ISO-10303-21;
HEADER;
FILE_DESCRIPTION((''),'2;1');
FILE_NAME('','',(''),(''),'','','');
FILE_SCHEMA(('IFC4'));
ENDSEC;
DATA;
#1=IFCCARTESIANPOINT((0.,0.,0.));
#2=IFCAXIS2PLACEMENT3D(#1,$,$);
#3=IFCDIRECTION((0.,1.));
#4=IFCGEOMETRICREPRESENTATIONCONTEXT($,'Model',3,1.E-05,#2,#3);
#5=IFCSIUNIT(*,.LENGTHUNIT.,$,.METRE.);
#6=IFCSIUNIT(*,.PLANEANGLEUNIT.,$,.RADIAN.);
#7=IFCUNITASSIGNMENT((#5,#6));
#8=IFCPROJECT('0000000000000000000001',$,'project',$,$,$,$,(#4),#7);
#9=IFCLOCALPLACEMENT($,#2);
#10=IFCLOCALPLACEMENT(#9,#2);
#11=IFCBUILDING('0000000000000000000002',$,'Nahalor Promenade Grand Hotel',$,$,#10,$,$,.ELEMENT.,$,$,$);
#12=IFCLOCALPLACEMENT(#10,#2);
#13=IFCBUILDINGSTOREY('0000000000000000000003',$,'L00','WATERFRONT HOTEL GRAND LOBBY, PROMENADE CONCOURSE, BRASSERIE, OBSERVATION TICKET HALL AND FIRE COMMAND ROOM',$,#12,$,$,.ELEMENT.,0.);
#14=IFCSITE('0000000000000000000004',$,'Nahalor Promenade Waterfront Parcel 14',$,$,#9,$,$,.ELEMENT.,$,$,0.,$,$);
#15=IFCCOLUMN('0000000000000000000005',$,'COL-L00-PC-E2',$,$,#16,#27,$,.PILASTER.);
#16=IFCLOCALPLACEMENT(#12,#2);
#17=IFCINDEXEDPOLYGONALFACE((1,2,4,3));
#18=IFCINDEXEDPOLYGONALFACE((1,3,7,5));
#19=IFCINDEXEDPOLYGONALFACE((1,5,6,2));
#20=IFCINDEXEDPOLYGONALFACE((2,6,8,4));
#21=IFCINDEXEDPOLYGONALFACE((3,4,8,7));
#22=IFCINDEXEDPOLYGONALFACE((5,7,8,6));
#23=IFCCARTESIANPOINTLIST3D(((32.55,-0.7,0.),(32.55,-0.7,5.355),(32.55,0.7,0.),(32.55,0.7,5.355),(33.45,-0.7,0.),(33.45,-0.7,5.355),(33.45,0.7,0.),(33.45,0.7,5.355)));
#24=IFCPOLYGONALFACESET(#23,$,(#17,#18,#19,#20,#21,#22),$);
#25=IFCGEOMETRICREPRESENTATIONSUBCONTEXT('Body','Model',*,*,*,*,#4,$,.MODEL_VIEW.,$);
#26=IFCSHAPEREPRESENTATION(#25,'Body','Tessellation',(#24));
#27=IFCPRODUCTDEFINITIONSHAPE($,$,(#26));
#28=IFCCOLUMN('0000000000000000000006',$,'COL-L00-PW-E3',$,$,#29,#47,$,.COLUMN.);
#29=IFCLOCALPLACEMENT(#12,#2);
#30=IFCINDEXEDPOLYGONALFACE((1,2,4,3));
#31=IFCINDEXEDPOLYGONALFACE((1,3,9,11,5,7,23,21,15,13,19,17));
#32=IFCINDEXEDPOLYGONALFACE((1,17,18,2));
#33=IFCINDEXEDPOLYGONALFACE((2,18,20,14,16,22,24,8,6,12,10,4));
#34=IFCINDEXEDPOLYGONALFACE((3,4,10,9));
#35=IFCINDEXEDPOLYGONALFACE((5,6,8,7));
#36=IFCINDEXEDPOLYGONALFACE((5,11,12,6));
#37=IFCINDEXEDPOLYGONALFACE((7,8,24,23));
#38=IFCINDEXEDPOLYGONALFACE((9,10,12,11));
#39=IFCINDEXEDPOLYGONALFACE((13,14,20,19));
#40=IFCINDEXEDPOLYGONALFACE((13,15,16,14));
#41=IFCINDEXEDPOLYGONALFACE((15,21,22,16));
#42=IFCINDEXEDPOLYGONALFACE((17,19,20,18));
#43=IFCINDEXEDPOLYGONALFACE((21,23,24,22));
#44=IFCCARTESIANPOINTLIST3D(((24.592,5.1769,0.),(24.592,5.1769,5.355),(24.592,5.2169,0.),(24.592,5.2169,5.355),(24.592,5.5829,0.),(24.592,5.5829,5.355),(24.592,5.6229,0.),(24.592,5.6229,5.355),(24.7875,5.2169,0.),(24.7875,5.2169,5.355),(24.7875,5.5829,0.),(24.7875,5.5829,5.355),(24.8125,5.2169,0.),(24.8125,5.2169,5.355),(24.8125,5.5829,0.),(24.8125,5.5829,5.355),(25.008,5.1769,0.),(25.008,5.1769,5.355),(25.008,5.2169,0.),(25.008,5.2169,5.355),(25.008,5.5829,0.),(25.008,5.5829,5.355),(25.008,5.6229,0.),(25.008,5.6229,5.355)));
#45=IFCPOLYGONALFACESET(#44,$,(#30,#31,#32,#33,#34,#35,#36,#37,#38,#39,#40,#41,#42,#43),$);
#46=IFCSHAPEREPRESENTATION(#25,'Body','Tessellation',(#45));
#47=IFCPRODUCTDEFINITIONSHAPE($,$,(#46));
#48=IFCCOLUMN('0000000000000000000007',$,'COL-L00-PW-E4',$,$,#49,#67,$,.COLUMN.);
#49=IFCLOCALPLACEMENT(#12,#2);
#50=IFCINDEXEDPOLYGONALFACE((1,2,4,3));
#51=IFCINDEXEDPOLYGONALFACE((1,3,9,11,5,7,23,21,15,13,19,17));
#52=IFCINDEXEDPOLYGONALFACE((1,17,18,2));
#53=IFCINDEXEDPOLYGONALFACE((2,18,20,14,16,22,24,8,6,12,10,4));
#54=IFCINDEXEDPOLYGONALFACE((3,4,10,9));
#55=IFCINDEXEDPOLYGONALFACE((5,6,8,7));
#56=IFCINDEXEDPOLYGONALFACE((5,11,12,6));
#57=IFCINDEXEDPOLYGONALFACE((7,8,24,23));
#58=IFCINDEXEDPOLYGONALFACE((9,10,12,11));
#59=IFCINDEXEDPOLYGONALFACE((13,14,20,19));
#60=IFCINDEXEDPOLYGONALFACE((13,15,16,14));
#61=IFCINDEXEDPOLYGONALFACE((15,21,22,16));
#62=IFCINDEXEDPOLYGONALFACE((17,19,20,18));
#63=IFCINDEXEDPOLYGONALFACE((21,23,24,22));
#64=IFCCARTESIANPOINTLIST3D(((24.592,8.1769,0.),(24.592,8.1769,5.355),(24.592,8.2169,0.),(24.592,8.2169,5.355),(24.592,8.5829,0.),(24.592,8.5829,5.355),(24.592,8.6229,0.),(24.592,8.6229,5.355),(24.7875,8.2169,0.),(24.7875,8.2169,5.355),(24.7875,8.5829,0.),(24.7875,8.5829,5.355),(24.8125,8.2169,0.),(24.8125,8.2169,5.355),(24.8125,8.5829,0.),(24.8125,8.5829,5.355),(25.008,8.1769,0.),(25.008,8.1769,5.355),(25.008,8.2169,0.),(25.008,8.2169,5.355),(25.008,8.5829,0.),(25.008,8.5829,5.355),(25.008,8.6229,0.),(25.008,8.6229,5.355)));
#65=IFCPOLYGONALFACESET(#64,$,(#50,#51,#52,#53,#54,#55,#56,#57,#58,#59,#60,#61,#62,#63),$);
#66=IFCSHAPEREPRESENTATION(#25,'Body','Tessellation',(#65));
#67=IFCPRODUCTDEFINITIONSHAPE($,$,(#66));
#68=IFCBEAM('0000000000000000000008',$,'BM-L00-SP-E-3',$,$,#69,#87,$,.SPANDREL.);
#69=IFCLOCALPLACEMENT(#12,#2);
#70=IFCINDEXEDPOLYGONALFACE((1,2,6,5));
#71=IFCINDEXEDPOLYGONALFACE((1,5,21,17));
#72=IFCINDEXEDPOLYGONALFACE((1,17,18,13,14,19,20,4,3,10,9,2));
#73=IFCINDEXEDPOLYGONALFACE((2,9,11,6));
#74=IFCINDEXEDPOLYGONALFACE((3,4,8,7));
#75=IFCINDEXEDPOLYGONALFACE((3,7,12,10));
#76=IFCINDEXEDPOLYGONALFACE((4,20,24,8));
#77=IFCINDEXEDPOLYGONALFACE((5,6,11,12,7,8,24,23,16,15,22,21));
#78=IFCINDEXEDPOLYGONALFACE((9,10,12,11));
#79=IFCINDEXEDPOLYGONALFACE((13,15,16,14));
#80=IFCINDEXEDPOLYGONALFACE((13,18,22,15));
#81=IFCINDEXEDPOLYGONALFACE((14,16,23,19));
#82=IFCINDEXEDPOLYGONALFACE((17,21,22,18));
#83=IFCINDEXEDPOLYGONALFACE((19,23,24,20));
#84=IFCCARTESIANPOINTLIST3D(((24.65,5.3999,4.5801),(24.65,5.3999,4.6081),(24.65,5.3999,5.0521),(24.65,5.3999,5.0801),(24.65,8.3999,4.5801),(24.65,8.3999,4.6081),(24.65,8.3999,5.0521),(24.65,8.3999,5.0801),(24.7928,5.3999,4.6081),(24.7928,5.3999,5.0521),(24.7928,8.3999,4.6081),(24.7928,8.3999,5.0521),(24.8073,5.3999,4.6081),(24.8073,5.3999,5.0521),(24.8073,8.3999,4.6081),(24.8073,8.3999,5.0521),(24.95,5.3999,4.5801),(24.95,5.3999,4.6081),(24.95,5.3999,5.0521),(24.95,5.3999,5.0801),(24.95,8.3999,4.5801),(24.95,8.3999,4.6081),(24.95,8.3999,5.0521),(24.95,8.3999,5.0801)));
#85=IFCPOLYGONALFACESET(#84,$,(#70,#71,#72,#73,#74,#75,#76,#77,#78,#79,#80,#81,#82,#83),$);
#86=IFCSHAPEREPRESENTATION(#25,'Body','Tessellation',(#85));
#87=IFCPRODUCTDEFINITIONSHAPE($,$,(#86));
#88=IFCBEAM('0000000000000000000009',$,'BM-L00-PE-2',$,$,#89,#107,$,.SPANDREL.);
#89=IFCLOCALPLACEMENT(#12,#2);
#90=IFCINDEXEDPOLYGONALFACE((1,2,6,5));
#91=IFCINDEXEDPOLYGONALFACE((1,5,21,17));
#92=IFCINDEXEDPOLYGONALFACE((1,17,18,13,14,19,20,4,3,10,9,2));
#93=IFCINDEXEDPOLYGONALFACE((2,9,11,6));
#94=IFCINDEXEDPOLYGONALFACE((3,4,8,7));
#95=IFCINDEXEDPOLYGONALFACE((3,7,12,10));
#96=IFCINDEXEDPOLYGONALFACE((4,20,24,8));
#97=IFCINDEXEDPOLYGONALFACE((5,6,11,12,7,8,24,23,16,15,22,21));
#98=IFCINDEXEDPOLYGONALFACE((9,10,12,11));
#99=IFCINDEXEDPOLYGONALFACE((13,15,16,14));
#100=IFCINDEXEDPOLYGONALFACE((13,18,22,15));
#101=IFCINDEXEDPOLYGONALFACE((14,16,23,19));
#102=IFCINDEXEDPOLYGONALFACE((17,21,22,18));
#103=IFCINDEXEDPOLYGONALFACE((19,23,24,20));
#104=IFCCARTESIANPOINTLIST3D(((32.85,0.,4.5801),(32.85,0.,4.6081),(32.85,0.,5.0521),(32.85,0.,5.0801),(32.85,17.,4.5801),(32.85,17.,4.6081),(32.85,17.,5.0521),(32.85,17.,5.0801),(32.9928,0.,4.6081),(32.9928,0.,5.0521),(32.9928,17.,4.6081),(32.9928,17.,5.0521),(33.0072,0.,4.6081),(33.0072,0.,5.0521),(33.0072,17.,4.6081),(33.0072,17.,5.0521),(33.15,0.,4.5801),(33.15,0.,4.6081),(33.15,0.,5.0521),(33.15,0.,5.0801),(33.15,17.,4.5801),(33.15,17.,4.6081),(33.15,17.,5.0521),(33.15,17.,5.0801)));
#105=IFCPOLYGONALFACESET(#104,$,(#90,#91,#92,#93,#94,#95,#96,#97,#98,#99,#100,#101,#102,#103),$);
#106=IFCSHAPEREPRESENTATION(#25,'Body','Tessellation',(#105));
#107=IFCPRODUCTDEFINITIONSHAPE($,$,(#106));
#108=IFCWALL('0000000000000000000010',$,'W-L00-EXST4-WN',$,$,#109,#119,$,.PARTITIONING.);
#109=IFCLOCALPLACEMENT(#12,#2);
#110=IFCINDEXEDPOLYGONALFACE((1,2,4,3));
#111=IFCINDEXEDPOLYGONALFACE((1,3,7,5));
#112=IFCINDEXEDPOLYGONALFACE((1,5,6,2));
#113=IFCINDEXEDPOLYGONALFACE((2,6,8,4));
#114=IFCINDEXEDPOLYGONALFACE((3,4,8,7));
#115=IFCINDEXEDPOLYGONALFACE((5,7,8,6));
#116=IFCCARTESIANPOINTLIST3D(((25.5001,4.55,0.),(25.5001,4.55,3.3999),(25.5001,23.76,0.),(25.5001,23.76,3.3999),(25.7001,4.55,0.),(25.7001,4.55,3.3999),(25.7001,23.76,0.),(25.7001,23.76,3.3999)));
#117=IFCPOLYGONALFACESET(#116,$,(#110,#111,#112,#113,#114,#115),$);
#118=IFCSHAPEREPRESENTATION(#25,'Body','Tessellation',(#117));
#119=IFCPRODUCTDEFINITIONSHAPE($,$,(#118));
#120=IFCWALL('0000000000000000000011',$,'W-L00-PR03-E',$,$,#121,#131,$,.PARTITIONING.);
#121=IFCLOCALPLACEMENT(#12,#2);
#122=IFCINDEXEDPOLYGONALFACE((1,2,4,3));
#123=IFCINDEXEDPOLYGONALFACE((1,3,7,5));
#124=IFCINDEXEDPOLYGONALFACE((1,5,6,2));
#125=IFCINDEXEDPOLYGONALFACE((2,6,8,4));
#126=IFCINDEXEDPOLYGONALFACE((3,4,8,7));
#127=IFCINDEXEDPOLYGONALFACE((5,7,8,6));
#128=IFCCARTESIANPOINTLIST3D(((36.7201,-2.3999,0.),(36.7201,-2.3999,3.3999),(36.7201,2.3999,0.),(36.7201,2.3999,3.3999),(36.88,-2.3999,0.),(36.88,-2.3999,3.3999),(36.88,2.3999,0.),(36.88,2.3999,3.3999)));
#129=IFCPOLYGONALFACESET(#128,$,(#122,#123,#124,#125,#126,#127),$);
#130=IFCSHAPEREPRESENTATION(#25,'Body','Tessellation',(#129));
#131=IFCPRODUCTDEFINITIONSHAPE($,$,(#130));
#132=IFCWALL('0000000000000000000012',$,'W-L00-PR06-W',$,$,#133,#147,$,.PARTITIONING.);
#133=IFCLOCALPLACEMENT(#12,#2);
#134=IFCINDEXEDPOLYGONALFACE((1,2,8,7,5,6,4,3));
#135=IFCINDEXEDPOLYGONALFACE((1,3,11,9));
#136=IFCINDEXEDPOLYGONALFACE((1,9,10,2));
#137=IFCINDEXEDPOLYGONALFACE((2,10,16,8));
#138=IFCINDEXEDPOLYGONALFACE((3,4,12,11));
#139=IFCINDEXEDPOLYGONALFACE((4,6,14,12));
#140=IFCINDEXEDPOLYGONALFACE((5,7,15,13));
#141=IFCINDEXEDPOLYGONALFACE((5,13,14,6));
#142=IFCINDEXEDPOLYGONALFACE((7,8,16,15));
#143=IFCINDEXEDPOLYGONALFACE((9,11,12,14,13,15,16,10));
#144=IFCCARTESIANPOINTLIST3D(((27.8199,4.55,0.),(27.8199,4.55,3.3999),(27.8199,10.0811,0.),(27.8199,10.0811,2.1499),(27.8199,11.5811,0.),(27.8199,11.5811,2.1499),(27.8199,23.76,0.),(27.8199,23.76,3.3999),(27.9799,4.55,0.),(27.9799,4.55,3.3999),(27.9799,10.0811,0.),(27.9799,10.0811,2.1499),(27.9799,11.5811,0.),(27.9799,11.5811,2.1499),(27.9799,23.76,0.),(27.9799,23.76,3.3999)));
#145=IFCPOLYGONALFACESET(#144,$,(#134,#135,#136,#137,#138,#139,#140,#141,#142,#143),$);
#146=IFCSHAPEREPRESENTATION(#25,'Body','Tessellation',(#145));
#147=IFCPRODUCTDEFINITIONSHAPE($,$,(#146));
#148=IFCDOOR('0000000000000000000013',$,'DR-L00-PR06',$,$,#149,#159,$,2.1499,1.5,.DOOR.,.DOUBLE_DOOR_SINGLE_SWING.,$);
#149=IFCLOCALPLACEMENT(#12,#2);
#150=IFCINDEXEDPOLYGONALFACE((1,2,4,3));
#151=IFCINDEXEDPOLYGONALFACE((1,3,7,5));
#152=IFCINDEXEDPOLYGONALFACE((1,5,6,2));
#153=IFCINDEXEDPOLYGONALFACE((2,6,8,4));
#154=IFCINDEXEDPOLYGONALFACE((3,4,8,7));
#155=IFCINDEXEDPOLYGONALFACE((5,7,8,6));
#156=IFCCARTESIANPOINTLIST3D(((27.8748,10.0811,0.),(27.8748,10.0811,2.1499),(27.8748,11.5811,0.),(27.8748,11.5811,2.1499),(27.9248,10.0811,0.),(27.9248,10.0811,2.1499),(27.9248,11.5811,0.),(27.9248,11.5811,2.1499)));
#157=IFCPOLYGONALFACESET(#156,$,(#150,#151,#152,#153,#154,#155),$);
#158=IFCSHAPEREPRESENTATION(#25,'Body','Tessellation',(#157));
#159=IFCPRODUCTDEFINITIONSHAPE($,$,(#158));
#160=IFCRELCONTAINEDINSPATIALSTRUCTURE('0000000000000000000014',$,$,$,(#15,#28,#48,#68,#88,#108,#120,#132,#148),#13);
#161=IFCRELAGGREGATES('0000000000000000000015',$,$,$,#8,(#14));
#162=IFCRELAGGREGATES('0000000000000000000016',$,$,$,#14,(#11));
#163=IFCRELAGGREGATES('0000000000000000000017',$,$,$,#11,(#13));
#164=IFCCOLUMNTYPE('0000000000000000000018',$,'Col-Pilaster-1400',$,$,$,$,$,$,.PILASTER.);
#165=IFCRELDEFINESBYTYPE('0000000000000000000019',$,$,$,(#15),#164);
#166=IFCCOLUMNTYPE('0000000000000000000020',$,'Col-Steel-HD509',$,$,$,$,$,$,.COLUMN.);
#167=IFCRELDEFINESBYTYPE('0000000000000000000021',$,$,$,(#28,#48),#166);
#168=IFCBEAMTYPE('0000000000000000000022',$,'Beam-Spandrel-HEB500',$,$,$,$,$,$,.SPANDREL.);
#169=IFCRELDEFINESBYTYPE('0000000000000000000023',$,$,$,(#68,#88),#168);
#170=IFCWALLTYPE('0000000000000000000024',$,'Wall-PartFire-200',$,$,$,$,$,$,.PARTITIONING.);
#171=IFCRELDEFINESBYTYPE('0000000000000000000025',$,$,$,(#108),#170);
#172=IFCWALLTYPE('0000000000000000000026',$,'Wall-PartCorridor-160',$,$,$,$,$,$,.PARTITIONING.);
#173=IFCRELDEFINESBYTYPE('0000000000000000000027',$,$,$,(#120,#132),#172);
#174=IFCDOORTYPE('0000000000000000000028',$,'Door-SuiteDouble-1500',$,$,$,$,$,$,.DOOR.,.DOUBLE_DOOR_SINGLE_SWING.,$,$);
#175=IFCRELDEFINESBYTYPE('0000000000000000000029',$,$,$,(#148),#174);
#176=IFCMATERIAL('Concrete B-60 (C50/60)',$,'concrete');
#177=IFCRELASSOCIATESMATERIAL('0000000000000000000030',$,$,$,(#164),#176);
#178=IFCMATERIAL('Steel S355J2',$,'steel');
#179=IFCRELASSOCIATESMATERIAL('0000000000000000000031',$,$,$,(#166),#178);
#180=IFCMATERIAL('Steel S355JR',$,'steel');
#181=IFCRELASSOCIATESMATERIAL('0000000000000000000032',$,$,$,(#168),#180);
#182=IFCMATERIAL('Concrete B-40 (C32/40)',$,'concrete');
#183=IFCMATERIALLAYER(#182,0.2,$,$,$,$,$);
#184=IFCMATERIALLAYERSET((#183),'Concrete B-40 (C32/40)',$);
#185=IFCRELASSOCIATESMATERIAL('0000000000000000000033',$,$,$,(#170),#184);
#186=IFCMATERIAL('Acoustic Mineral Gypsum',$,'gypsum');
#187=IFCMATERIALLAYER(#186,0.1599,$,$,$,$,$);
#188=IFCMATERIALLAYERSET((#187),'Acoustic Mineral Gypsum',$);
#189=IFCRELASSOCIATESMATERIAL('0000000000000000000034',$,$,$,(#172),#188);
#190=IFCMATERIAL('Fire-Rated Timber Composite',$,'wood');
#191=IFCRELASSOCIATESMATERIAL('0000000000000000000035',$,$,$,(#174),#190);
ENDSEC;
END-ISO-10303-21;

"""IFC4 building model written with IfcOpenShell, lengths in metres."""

from ifc_helpers import new_model, si_unit, direction, frame, frame_2d, origin, origin_2d, place, context, subcontext, project, spatial, rectangle, i_section, extrude, source, transform, mapped, material, layer, layer_set, material_profile, profile_set, type_object, element, fill, save


model = new_model("IFC4")

# Units and contexts
model_context = context("Model", 3, precision=1e-05, world=origin(), true_north=direction((0.0, 1.0)))
body_context = subcontext(model_context, "Body", "Model", "MODEL_VIEW")
ifc_project = project(units=[si_unit("LENGTHUNIT", "METRE"), si_unit("PLANEANGLEUNIT", "RADIAN")], contexts=[model_context])

# Site, building, storey
site_placement = place(None, origin())
site = spatial("IfcSite", under=ifc_project, at=site_placement, Name="Nahalor Promenade Waterfront Parcel 14", CompositionType="ELEMENT", RefElevation=0.0)
building_placement = place(site_placement, origin())
building = spatial("IfcBuilding", under=site, at=building_placement, Name="Nahalor Promenade Grand Hotel", CompositionType="ELEMENT")
storey_placement = place(building_placement, origin())
storey = spatial("IfcBuildingStorey", under=building, at=storey_placement, Name="L00", Description="WATERFRONT HOTEL GRAND LOBBY, PROMENADE CONCOURSE, BRASSERIE, OBSERVATION TICKET HALL AND FIRE COMMAND ROOM", CompositionType="ELEMENT", Elevation=0.0)

# Columns
ifc_material_1 = material(Name="Concrete B-60 (C50/60)", Category="concrete")
ifc_material_profile_1 = material_profile(ifc_material_1, rectangle(XDim=0.9, YDim=1.4, at=origin_2d()), Name="RC 900x1400")
ifc_profile_set_1 = profile_set([ifc_material_profile_1], Name="Concrete B-60 (C50/60)")
column_type_1 = type_object("IfcColumnType", Name="Col-Pilaster-1400", PredefinedType="PILASTER", material=ifc_profile_set_1)
shared_shape_1 = source(origin(), body_context, "Body", "SweptSolid", [
    extrude(rectangle(XDim=0.9, YDim=1.4, at=origin_2d()), origin(), (0.0, 0.0, 1.0), 5.355),
])
column_placement = place(storey_placement, frame((33.0, 0.0, 0.0), z_axis=(0.0, 0.0, 1.0), x_axis=(1.0, 0.0, 0.0)))
element("IfcColumn", 1, at=column_placement, inside=storey, type_object=column_type_1, Name="COL-L00-PC-E2", PredefinedType="PILASTER", context=body_context, shape_type="MappedRepresentation", body=[
    mapped(shared_shape_1, transform((0.0, 0.0, 0.0), scale=1.0)),
])
ifc_material_2 = material(Name="Steel S355J2", Category="steel")
ifc_material_profile_2 = material_profile(ifc_material_2, i_section(OverallWidth=0.416, OverallDepth=0.446, WebThickness=0.025, FlangeThickness=0.04, at=origin_2d()), Name="HD 400x509")
ifc_profile_set_2 = profile_set([ifc_material_profile_2], Name="Steel S355J2")
column_type_2 = type_object("IfcColumnType", Name="Col-Steel-HD509", PredefinedType="COLUMN", material=ifc_profile_set_2)
shared_shape_2 = source(origin(), body_context, "Body", "SweptSolid", [
    extrude(i_section(OverallWidth=0.416, OverallDepth=0.446, WebThickness=0.025, FlangeThickness=0.04, at=origin_2d()), origin(), (0.0, 0.0, 1.0), 5.355),
])
for number, where, z_axis, x_axis, name in (
    (2, (24.8, 5.3999, 0.0), (0.0, 0.0, 1.0), (1.0, 0.0, 0.0), "COL-L00-PW-E3"),
    (3, (24.8, 8.3999, 0.0), (0.0, 0.0, 1.0), (1.0, 0.0, 0.0), "COL-L00-PW-E4"),
):
    element("IfcColumn", number, at=place(storey_placement, frame(where, z_axis=z_axis, x_axis=x_axis)), inside=storey, type_object=column_type_2, Name=name, PredefinedType="COLUMN", context=body_context, shape_type="MappedRepresentation", body=[
        mapped(shared_shape_2, transform((0.0, 0.0, 0.0), scale=1.0)),
    ])

# Beams
ifc_material_3 = material(Name="Steel S355JR", Category="steel")
ifc_material_profile_3 = material_profile(ifc_material_3, i_section(OverallWidth=0.3, OverallDepth=0.5, WebThickness=0.0145, FlangeThickness=0.028, at=origin_2d()), Name="HEB 500")
ifc_profile_set_3 = profile_set([ifc_material_profile_3], Name="Steel S355JR")
beam_type = type_object("IfcBeamType", Name="Beam-Spandrel-HEB500", PredefinedType="SPANDREL", material=ifc_profile_set_3)
shared_shape_3 = source(origin(), body_context, "Body", "SweptSolid", [
    extrude(i_section(OverallWidth=0.3, OverallDepth=0.5, WebThickness=0.0145, FlangeThickness=0.028, at=origin_2d()), origin(), (0.0, 0.0, 1.0), 3.0),
])
beam_1_placement = place(storey_placement, frame((24.8, 5.3999, 4.8301), z_axis=(0.0, 1.0, 0.0), x_axis=(-1.0, 0.0, 0.0)))
element("IfcBeam", 4, at=beam_1_placement, inside=storey, type_object=beam_type, Name="BM-L00-SP-E-3", PredefinedType="SPANDREL", context=body_context, shape_type="MappedRepresentation", body=[
    mapped(shared_shape_3, transform((0.0, 0.0, 0.0), scale=1.0)),
])
shared_shape_4 = source(origin(), body_context, "Body", "SweptSolid", [
    extrude(i_section(OverallWidth=0.3, OverallDepth=0.5, WebThickness=0.0145, FlangeThickness=0.028, at=origin_2d()), origin(), (0.0, 0.0, 1.0), 17.0),
])
beam_2_placement = place(storey_placement, frame((33.0, 0.0, 4.8301), z_axis=(0.0, 1.0, 0.0), x_axis=(-1.0, 0.0, 0.0)))
element("IfcBeam", 5, at=beam_2_placement, inside=storey, type_object=beam_type, Name="BM-L00-PE-2", PredefinedType="SPANDREL", context=body_context, shape_type="MappedRepresentation", body=[
    mapped(shared_shape_4, transform((0.0, 0.0, 0.0), scale=1.0)),
])

# Shared definitions
ifc_material_4 = material(Name="Concrete B-40 (C32/40)", Category="concrete")
ifc_layer_1 = layer(ifc_material_4, 0.2)
ifc_layer_set_1 = layer_set([ifc_layer_1], Name="Concrete B-40 (C32/40)")
wall_type_1 = type_object("IfcWallType", Name="Wall-PartFire-200", PredefinedType="PARTITIONING", material=ifc_layer_set_1)

# Walls
shared_shape_5 = source(origin(), body_context, "Body", "SweptSolid", [
    extrude(rectangle(XDim=19.21, YDim=0.2, at=frame_2d((9.605, 0.0))), origin(), (0.0, 0.0, 1.0), 3.3999),
])
wall_1_placement = place(storey_placement, frame((25.6001, 4.55, 0.0), z_axis=(0.0, 0.0, 1.0), x_axis=(0.0, 1.0, 0.0)))
element("IfcWall", 6, at=wall_1_placement, inside=storey, type_object=wall_type_1, Name="W-L00-EXST4-WN", PredefinedType="PARTITIONING", context=body_context, shape_type="MappedRepresentation", body=[
    mapped(shared_shape_5, transform((0.0, 0.0, 0.0), scale=1.0)),
])
ifc_material_5 = material(Name="Acoustic Mineral Gypsum", Category="gypsum")
ifc_layer_2 = layer(ifc_material_5, 0.1599)
ifc_layer_set_2 = layer_set([ifc_layer_2], Name="Acoustic Mineral Gypsum")
wall_type_2 = type_object("IfcWallType", Name="Wall-PartCorridor-160", PredefinedType="PARTITIONING", material=ifc_layer_set_2)
shared_shape_6 = source(origin(), body_context, "Body", "SweptSolid", [
    extrude(rectangle(XDim=4.7998, YDim=0.1599, at=frame_2d((2.3999, 0.0))), origin(), (0.0, 0.0, 1.0), 3.3999),
])
wall_2_placement = place(storey_placement, frame((36.8, -2.3999, 0.0), z_axis=(0.0, 0.0, 1.0), x_axis=(0.0, 1.0, 0.0)))
element("IfcWall", 7, at=wall_2_placement, inside=storey, type_object=wall_type_2, Name="W-L00-PR03-E", PredefinedType="PARTITIONING", context=body_context, shape_type="MappedRepresentation", body=[
    mapped(shared_shape_6, transform((0.0, 0.0, 0.0), scale=1.0)),
])

# Wall, opening, door
shared_shape_7 = source(origin(), body_context, "Body", "SweptSolid", [
    extrude(rectangle(XDim=19.21, YDim=0.1599, at=frame_2d((9.605, 0.0))), origin(), (0.0, 0.0, 1.0), 3.3999),
])
wall_3_placement = place(storey_placement, frame((27.8999, 4.55, 0.0), z_axis=(0.0, 0.0, 1.0), x_axis=(0.0, 1.0, 0.0)))
wall_3 = element("IfcWall", 8, at=wall_3_placement, inside=storey, type_object=wall_type_2, Name="W-L00-PR06-W", PredefinedType="PARTITIONING", context=body_context, shape_type="MappedRepresentation", body=[
    mapped(shared_shape_7, transform((0.0, 0.0, 0.0), scale=1.0)),
])
opening_1_placement = place(wall_3_placement, frame((5.531, 0.0, 0.0)))
opening_1 = element("IfcOpeningElement", 9, at=opening_1_placement, cuts=wall_3, PredefinedType="OPENING", context=body_context, shape_type="SweptSolid", body=[
    extrude(rectangle(XDim=1.5, YDim=2.1499, at=frame_2d((0.75, 1.075))), frame((0.0, 0.0898, 0.0), z_axis=(0.0, -1.0, 0.0), x_axis=(1.0, 0.0, 0.0)), (0.0, 0.0, 1.0), 0.1799),
])
ifc_material_6 = material(Name="Fire-Rated Timber Composite", Category="wood")
door_type_1 = type_object("IfcDoorType", Name="Door-SuiteDouble-1500", OperationType="DOUBLE_DOOR_SINGLE_SWING", PredefinedType="DOOR", material=ifc_material_6)
shared_shape_8 = source(origin(), body_context, "Body", "SweptSolid", [
    extrude(rectangle(XDim=1.5, YDim=2.1499, at=frame_2d((0.75, 1.075))), frame((0.0, 0.0249, 0.0), z_axis=(0.0, -1.0, 0.0), x_axis=(1.0, 0.0, 0.0)), (0.0, 0.0, 1.0), 0.05),
])
door_1_placement = place(opening_1_placement, frame((1.5, 0.0, 0.0), z_axis=(0.0, 0.0, 1.0), x_axis=(-1.0, 0.0, 0.0)))
door_1 = element("IfcDoor", 10, at=door_1_placement, inside=storey, type_object=door_type_1, Name="DR-L00-PR06", OperationType="DOUBLE_DOOR_SINGLE_SWING", OverallHeight=2.1499, OverallWidth=1.5, PredefinedType="DOOR", context=body_context, shape_type="MappedRepresentation", body=[
    mapped(shared_shape_8, transform((0.0, 0.0, 0.0), scale=1.0)),
])
fill(opening_1, door_1)

save(model, "model.ifc")
